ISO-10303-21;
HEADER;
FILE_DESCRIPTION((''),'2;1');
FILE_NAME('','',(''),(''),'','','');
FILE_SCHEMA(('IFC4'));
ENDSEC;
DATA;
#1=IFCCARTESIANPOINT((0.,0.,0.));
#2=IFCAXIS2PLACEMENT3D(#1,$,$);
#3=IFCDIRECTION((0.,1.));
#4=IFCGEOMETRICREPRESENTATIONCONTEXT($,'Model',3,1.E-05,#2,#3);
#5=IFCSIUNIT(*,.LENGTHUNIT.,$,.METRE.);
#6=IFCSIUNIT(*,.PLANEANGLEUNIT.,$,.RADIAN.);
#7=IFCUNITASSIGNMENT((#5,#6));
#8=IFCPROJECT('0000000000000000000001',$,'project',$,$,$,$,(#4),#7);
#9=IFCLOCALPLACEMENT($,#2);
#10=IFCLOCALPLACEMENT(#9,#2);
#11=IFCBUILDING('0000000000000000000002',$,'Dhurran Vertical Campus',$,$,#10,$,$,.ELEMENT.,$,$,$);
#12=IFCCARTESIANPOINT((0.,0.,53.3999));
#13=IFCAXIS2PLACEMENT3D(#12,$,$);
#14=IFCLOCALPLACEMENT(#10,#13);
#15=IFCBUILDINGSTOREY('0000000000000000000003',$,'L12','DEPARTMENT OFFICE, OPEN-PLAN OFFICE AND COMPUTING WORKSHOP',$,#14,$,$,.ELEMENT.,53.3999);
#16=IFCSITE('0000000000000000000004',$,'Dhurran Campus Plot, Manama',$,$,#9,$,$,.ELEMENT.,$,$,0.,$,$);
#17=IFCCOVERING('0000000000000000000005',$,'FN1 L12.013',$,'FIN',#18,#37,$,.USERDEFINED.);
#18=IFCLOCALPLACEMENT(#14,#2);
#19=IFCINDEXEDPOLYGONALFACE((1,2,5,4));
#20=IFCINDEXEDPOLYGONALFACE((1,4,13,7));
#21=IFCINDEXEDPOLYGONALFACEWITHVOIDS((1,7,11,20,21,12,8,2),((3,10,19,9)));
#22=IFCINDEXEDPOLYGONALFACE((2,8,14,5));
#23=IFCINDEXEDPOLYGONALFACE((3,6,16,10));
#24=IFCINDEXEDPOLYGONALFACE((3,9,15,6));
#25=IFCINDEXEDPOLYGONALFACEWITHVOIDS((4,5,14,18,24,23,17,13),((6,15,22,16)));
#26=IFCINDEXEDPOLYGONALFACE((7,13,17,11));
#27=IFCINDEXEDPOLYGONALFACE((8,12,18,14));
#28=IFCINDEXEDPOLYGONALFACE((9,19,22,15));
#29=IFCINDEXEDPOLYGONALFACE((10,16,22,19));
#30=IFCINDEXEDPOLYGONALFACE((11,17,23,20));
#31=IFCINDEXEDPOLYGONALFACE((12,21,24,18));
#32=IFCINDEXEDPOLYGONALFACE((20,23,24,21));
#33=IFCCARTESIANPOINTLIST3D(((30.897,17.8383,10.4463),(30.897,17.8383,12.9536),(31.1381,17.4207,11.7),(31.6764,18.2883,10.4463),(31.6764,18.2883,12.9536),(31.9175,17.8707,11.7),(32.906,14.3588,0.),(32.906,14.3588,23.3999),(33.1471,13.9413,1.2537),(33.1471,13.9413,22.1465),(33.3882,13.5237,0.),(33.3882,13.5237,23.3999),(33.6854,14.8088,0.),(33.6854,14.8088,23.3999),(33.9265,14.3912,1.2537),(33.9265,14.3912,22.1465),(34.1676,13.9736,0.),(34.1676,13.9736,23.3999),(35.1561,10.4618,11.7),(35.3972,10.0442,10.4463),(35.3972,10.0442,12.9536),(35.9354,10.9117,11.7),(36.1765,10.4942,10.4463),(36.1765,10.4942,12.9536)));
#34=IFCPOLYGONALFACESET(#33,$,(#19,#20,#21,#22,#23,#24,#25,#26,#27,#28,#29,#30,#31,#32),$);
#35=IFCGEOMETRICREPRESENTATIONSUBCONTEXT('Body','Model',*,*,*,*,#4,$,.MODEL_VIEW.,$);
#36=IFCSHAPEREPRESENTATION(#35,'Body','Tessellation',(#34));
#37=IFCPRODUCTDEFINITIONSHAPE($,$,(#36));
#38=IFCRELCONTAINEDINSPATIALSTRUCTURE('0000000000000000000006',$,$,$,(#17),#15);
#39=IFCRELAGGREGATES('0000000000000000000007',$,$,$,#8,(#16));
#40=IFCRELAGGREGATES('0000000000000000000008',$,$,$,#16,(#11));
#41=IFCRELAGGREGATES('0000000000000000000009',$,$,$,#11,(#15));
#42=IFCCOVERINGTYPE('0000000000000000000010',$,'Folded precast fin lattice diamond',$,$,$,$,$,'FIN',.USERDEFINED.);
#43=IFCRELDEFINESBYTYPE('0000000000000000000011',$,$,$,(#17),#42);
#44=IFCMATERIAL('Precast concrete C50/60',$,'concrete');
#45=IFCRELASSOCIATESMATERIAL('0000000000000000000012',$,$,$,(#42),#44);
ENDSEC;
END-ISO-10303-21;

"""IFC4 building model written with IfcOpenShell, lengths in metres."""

from ifc_helpers import new_model, si_unit, direction, frame, origin, place, context, subcontext, project, spatial, polyline, outline, extrude, material, type_object, element, save


model = new_model("IFC4")

# Units and contexts
model_context = context("Model", 3, precision=1e-05, world=origin(), true_north=direction((0.0, 1.0)))
body_context = subcontext(model_context, "Body", "Model", "MODEL_VIEW")
ifc_project = project(units=[si_unit("LENGTHUNIT", "METRE"), si_unit("PLANEANGLEUNIT", "RADIAN")], contexts=[model_context])

# Site, building, storey
site_placement = place(None, origin())
site = spatial("IfcSite", under=ifc_project, at=site_placement, Name="Dhurran Campus Plot, Manama", CompositionType="ELEMENT", RefElevation=0.0)
building_placement = place(site_placement, origin())
building = spatial("IfcBuilding", under=site, at=building_placement, Name="Dhurran Vertical Campus", CompositionType="ELEMENT")
storey_placement = place(building_placement, frame((0.0, 0.0, 53.3999)))
storey = spatial("IfcBuildingStorey", under=building, at=storey_placement, Name="L12", Description="DEPARTMENT OFFICE, OPEN-PLAN OFFICE AND COMPUTING WORKSHOP", CompositionType="ELEMENT", Elevation=53.3999)

# Covering
ifc_material_1 = material(Name="Precast concrete C50/60", Category="concrete")
covering_type = type_object("IfcCoveringType", Name="Folded precast fin lattice diamond", ElementType="FIN", PredefinedType="USERDEFINED", material=ifc_material_1)
for number, where, z_axis, x_axis, name in (
    (1, (35.3972, 10.0442, 0.0), (0.866014, 0.50002, 0.0), (-0.50002, 0.866014, 0.0), "FN1 L12.013"),
):
    element("IfcCovering", number, at=place(storey_placement, frame(where, z_axis=z_axis, x_axis=x_axis)), inside=storey, type_object=covering_type, Name=name, ObjectType="FIN", PredefinedType="USERDEFINED", context=body_context, shape_type="SweptSolid", body=[
        extrude(outline(polyline([(9.0, 12.9536), (9.0, 10.4463), (4.9822, 0.0), (4.0178, 0.0), (0.0, 10.4463), (0.0, 12.9536), (4.0178, 23.3999), (4.9822, 23.3999), (9.0, 12.9536)]), holes=[polyline([(8.5178, 11.7), (4.5, 22.1465), (0.4822, 11.7), (4.5, 1.2537), (8.5178, 11.7)])]), origin(), (0.0, 0.0, 1.0), 0.8999),
    ])

save(model, "model.ifc")
